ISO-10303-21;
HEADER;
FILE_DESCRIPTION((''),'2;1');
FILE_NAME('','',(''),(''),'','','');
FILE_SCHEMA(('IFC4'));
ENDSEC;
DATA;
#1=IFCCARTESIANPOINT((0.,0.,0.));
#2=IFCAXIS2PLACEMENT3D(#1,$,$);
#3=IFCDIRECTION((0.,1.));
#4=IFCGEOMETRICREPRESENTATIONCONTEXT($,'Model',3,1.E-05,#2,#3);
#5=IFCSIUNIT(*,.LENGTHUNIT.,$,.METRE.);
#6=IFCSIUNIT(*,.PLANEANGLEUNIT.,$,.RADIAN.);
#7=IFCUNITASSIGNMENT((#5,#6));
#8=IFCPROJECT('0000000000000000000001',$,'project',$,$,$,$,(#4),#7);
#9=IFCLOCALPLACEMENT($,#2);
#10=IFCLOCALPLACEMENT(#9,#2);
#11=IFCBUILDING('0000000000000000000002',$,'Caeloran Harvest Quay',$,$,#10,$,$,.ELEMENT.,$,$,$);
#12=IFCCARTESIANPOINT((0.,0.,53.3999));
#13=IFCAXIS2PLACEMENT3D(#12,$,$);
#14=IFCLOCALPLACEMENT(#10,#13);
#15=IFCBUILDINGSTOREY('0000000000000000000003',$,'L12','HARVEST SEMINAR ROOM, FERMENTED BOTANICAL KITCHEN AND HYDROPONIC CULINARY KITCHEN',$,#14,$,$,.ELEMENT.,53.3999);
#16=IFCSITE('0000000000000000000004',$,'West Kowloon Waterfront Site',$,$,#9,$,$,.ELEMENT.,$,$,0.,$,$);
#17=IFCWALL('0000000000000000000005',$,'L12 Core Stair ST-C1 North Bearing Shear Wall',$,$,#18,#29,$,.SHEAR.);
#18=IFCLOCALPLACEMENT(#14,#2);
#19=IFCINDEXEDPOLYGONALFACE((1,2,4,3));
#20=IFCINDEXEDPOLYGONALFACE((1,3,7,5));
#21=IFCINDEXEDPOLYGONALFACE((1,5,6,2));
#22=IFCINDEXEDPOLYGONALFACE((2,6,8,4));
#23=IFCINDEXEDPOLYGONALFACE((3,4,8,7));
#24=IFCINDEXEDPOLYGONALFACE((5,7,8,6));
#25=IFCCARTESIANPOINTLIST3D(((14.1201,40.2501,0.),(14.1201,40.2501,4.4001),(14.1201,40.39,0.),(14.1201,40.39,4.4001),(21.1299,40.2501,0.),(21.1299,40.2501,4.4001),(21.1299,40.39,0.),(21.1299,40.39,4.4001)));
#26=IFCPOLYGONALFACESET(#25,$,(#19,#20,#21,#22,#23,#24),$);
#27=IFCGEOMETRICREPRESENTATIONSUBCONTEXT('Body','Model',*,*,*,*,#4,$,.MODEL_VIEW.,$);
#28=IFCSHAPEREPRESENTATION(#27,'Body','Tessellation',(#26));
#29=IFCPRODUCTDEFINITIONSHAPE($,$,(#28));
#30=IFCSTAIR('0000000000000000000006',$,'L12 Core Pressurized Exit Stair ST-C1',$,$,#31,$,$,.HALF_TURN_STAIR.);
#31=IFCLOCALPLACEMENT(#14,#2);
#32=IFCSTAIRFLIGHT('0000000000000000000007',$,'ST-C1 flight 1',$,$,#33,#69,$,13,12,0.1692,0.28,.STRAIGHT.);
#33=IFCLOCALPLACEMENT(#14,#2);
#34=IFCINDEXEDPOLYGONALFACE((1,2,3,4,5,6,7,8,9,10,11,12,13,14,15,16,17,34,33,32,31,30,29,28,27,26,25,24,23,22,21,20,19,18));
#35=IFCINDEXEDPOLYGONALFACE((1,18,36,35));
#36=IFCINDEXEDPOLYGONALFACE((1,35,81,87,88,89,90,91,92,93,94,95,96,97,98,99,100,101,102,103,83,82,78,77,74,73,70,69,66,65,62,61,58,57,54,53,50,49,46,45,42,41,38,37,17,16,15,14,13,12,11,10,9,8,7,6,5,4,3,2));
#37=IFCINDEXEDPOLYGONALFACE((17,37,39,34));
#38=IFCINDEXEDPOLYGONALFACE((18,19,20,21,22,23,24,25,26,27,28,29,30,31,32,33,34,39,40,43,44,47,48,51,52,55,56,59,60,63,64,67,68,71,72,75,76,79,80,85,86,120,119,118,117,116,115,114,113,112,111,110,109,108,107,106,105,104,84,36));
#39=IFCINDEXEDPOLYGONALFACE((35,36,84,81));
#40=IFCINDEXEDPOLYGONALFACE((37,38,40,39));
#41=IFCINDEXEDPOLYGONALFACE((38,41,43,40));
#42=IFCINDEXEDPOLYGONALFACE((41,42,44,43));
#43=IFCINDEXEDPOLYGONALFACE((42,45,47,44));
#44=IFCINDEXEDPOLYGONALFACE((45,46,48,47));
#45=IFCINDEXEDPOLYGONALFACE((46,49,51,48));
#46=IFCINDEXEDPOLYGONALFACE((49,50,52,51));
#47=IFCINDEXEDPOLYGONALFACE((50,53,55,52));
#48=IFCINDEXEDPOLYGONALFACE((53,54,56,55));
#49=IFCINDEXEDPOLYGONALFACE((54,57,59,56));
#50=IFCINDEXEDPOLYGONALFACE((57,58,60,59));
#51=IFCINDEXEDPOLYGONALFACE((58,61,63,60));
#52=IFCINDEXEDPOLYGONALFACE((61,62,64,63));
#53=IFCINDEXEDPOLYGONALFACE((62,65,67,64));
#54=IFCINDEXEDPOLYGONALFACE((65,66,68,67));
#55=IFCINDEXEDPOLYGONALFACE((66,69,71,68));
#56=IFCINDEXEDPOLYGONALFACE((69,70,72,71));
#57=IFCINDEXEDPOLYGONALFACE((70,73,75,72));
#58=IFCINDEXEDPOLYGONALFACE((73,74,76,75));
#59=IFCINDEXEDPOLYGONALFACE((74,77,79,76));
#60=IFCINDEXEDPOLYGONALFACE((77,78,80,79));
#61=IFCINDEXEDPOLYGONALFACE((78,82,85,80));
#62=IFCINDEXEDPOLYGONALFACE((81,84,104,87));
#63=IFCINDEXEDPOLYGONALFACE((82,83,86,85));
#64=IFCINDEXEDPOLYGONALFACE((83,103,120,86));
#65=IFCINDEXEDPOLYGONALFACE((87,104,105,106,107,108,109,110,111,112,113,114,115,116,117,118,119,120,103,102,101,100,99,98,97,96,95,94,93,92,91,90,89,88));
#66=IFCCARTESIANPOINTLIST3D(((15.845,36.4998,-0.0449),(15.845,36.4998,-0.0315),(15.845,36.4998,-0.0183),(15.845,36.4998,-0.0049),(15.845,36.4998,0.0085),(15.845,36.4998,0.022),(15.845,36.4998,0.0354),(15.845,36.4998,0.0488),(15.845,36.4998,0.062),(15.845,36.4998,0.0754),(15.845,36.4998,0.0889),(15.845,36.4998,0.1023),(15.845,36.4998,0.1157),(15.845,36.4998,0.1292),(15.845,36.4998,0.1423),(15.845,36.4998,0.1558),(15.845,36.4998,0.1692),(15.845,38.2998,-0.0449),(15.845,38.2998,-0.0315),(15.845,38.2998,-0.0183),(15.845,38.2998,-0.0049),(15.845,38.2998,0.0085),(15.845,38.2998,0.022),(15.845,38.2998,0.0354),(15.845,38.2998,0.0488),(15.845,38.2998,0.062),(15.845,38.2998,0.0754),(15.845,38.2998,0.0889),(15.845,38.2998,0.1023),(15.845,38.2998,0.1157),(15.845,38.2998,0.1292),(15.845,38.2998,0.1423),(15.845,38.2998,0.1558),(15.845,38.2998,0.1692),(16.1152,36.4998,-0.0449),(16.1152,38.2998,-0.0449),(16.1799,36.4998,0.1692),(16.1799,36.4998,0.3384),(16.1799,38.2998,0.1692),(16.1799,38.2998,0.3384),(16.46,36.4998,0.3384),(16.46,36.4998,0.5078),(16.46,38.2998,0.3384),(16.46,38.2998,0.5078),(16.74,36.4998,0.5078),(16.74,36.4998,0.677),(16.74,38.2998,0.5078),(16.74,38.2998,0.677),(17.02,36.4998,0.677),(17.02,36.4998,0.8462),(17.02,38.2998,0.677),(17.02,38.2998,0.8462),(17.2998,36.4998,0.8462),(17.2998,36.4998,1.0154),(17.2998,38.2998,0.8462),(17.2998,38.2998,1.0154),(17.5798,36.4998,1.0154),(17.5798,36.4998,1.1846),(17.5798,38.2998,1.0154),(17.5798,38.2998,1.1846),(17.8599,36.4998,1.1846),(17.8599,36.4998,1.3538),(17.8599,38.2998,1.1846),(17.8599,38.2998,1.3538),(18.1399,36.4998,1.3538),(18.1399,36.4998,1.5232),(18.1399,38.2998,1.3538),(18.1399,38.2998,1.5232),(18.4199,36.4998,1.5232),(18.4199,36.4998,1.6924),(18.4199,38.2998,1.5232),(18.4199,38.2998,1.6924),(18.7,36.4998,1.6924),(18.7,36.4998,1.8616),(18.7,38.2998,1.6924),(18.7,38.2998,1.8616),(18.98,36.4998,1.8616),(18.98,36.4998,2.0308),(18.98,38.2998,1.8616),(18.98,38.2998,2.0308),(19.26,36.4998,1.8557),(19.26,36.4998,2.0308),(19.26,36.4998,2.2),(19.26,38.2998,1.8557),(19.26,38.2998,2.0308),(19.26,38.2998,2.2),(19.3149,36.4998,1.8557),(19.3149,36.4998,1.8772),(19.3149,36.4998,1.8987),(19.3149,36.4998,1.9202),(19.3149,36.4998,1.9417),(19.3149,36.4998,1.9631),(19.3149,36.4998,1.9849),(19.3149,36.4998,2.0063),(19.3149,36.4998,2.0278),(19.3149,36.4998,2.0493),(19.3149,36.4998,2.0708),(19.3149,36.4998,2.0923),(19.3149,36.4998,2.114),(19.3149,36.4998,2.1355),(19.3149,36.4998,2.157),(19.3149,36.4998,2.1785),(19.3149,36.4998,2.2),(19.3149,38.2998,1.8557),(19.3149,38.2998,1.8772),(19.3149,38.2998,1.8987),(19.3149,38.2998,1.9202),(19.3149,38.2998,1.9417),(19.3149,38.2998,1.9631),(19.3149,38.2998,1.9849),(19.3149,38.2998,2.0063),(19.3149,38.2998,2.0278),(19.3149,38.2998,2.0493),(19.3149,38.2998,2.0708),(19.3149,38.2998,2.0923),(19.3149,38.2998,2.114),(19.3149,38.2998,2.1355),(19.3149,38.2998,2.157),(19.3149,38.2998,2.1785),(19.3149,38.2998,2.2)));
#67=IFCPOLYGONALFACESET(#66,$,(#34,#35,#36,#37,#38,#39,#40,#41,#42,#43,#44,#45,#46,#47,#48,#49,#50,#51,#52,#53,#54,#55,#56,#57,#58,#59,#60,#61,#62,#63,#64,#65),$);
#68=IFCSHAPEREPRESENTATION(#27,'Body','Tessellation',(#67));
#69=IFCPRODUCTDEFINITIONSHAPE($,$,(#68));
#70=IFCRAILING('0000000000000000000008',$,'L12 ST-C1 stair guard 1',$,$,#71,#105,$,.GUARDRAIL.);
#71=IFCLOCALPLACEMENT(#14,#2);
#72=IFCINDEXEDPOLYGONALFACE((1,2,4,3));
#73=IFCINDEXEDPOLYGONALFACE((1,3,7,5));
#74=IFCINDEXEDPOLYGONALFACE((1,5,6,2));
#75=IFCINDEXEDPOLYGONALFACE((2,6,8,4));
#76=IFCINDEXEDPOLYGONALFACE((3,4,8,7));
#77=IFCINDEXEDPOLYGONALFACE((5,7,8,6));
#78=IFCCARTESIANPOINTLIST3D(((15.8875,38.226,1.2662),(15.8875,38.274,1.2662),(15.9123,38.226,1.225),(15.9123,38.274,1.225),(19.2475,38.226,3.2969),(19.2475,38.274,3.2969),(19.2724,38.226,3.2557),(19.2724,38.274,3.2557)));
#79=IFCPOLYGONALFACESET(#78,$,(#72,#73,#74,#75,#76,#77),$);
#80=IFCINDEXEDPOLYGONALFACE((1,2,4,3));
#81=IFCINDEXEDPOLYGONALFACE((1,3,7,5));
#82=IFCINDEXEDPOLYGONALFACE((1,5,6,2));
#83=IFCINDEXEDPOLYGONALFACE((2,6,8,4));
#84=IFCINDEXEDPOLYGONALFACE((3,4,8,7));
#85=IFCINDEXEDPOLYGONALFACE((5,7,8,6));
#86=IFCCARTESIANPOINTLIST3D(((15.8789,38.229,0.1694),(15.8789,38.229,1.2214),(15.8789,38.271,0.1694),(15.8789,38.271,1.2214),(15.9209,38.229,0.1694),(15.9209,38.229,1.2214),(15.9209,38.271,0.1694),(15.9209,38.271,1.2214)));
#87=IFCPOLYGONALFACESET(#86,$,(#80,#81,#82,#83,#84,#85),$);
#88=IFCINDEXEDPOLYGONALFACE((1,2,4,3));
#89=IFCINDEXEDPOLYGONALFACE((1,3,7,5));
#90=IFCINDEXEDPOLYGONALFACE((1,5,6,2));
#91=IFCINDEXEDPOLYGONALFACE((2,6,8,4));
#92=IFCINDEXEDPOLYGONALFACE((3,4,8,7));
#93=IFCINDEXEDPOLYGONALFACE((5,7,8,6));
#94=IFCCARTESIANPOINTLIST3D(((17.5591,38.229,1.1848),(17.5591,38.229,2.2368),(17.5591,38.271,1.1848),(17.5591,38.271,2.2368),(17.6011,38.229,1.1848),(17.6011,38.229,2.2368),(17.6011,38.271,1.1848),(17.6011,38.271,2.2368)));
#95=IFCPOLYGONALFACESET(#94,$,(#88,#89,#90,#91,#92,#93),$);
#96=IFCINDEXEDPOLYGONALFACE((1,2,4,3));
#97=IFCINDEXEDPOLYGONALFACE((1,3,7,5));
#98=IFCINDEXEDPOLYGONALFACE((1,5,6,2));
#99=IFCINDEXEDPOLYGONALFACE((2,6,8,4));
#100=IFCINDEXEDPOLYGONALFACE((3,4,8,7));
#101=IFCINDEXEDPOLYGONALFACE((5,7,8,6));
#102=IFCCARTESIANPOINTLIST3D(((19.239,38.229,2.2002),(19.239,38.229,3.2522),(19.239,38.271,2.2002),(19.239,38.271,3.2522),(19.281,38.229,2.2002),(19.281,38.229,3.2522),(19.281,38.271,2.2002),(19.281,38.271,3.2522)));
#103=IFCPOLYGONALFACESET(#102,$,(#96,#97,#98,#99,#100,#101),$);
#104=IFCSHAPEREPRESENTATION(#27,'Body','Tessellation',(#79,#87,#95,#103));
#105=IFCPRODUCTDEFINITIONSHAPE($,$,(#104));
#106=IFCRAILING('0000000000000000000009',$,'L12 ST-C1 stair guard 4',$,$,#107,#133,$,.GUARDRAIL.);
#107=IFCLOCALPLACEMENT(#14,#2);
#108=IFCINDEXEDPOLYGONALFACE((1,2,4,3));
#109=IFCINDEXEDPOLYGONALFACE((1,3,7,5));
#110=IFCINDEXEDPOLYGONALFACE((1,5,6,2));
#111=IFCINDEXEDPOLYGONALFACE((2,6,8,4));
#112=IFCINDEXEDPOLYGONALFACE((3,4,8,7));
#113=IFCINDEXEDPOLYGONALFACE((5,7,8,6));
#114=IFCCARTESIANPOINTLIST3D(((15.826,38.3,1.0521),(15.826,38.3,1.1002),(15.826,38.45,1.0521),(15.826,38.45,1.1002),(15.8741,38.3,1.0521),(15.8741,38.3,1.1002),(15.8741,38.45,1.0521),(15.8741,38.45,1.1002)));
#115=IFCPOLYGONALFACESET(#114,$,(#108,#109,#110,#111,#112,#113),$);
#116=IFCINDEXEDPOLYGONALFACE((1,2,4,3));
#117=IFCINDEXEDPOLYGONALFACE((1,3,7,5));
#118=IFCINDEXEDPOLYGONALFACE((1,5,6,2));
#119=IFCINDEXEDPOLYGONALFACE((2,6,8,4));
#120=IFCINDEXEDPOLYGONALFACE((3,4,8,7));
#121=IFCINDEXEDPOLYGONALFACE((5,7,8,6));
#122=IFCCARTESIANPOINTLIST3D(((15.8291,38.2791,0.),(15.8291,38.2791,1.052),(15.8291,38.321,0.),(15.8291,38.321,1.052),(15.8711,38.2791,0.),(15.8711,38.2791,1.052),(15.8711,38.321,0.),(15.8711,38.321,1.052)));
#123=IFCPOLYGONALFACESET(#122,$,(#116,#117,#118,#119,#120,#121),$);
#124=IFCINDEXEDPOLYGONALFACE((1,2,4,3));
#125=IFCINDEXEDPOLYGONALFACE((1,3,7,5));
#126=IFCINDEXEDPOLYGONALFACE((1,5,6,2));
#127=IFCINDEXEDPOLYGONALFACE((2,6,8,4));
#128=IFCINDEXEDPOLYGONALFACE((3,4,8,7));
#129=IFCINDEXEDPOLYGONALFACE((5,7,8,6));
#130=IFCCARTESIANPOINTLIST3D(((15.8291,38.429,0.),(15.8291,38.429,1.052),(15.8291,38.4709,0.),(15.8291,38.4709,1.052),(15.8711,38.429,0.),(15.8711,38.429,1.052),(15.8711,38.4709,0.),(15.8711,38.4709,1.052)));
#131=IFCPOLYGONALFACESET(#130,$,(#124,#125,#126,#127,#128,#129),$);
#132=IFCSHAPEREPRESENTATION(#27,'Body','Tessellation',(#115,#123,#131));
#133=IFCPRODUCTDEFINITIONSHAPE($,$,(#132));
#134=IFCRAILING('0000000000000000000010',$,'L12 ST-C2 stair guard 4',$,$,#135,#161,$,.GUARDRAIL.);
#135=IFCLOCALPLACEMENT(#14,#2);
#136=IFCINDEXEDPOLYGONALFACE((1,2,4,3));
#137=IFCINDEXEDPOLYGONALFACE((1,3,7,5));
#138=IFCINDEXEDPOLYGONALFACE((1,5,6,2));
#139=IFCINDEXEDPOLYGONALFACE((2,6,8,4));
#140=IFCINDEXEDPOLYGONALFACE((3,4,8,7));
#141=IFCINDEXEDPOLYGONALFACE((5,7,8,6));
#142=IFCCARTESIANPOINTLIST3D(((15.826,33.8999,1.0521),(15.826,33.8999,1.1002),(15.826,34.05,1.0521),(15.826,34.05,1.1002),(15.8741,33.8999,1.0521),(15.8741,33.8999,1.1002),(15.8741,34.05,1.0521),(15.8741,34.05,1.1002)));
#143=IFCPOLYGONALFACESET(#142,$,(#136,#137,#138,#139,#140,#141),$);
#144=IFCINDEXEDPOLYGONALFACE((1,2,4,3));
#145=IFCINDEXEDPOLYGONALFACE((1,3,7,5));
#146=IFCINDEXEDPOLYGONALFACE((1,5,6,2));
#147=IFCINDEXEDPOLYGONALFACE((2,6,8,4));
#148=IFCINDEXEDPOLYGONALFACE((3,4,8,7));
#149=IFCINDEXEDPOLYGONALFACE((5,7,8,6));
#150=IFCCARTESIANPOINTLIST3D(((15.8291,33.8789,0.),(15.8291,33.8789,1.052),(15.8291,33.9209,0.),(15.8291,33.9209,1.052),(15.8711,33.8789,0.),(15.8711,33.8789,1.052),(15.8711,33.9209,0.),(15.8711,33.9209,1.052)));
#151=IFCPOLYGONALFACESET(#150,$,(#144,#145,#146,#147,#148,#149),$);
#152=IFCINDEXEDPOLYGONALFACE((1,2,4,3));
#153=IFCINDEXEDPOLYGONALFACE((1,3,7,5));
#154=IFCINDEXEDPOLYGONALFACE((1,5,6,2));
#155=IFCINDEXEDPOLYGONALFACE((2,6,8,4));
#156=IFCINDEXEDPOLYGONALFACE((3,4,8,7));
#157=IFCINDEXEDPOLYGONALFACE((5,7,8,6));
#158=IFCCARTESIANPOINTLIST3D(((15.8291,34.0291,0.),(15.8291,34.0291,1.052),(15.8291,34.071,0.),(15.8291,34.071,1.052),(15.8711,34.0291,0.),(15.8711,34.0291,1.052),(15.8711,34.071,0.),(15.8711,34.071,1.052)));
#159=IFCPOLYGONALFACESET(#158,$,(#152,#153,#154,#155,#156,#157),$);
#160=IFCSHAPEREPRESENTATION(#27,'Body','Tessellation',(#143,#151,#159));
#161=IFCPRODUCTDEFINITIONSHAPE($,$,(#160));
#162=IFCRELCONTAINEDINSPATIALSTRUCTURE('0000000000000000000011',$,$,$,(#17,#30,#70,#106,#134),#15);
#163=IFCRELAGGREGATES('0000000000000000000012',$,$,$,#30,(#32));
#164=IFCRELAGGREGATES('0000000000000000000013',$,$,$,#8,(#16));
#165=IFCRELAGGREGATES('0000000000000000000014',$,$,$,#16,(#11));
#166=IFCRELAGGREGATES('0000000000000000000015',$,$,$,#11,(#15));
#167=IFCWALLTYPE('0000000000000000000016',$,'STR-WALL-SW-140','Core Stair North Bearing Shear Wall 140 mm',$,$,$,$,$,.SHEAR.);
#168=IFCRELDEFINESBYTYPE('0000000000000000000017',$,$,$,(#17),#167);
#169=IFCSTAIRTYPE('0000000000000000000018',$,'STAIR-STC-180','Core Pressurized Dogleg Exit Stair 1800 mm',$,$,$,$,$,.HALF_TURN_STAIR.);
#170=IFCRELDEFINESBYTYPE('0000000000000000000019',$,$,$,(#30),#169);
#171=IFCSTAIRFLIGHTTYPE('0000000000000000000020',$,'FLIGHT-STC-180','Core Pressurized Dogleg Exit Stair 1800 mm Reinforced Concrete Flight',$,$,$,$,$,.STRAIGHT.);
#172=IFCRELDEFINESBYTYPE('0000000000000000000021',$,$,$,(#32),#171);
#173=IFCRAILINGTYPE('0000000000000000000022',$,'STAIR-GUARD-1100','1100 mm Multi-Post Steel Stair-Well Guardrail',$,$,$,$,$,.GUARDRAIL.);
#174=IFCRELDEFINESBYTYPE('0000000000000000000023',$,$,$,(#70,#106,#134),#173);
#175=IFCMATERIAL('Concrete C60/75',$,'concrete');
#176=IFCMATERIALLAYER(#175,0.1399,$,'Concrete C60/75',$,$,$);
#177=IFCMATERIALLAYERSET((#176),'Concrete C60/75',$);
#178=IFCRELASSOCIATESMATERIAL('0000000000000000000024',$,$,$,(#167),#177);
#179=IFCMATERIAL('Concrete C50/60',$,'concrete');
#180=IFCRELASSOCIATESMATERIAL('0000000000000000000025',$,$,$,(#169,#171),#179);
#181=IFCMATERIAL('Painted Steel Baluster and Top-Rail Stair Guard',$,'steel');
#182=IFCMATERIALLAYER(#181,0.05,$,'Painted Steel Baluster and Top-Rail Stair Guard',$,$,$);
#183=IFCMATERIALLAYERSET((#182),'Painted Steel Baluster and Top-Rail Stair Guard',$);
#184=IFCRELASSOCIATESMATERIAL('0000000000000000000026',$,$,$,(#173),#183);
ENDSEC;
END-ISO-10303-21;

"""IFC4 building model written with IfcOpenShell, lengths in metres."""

from ifc_helpers import new_model, si_unit, direction, frame, frame_2d, origin, origin_2d, place, context, subcontext, project, spatial, polyline, rectangle, outline, extrude, material, layer, layer_set, type_object, element, aggregate, save


model = new_model("IFC4")

# Units and contexts
model_context = context("Model", 3, precision=1e-05, world=origin(), true_north=direction((0.0, 1.0)))
body_context = subcontext(model_context, "Body", "Model", "MODEL_VIEW")
ifc_project = project(units=[si_unit("LENGTHUNIT", "METRE"), si_unit("PLANEANGLEUNIT", "RADIAN")], contexts=[model_context])

# Site, building, storey
site_placement = place(None, origin())
site = spatial("IfcSite", under=ifc_project, at=site_placement, Name="West Kowloon Waterfront Site", CompositionType="ELEMENT", RefElevation=0.0)
building_placement = place(site_placement, origin())
building = spatial("IfcBuilding", under=site, at=building_placement, Name="Caeloran Harvest Quay", CompositionType="ELEMENT")
storey_placement = place(building_placement, frame((0.0, 0.0, 53.3999)))
storey = spatial("IfcBuildingStorey", under=building, at=storey_placement, Name="L12", Description="HARVEST SEMINAR ROOM, FERMENTED BOTANICAL KITCHEN AND HYDROPONIC CULINARY KITCHEN", CompositionType="ELEMENT", Elevation=53.3999)

# Shared definitions
ifc_material_1 = material(Name="Concrete C50/60", Category="concrete")

# Wall
ifc_material_2 = material(Name="Concrete C60/75", Category="concrete")
ifc_layer_1 = layer(ifc_material_2, 0.1399, Name="Concrete C60/75")
ifc_layer_set_1 = layer_set([ifc_layer_1], Name="Concrete C60/75")
wall_type_1 = type_object("IfcWallType", Name="STR-WALL-SW-140", Description="Core Stair North Bearing Shear Wall 140 mm", PredefinedType="SHEAR", material=ifc_layer_set_1)
wall_1_placement = place(storey_placement, frame((14.1201, 40.3201, 0.0), z_axis=(0.0, 0.0, 1.0), x_axis=(1.0, 0.0, 0.0)))
element("IfcWall", 1, at=wall_1_placement, inside=storey, type_object=wall_type_1, Name="L12 Core Stair ST-C1 North Bearing Shear Wall", PredefinedType="SHEAR", context=body_context, shape_type="SweptSolid", body=[
    extrude(rectangle(XDim=7.0098, YDim=0.1399, at=frame_2d((3.5049, 0.0))), origin(), (0.0, 0.0, 1.0), 4.4001),
])

# Stair, stair flight
stair_type = type_object("IfcStairType", Name="STAIR-STC-180", Description="Core Pressurized Dogleg Exit Stair 1800 mm", PredefinedType="HALF_TURN_STAIR", material=ifc_material_1)
stair_placement = place(storey_placement, origin())
stair = element("IfcStair", 2, at=stair_placement, inside=storey, type_object=stair_type, Name="L12 Core Pressurized Exit Stair ST-C1", PredefinedType="HALF_TURN_STAIR")
stair_flight_type = type_object("IfcStairFlightType", Name="FLIGHT-STC-180", Description="Core Pressurized Dogleg Exit Stair 1800 mm Reinforced Concrete Flight", PredefinedType="STRAIGHT", material=ifc_material_1)
stair_flight_placement = place(storey_placement, frame((15.8999, 37.3999, 0.0), z_axis=(0.0, 0.0, 1.0), x_axis=(1.0, 0.0, 0.0)))
stair_flight = element("IfcStairFlight", 3, at=stair_flight_placement, type_object=stair_flight_type, Name="ST-C1 flight 1", NumberOfRisers=13, NumberOfTreads=12, PredefinedType="STRAIGHT", RiserHeight=0.1692, TreadLength=0.28, context=body_context, shape_type="SweptSolid", body=[
    extrude(outline(polyline([(-0.0549, -0.0449), (-0.0549, -0.0315), (-0.0549, -0.0183), (-0.0549, -0.0049), (-0.0549, 0.0085), (-0.0549, 0.022), (-0.0549, 0.0354), (-0.0549, 0.0488), (-0.0549, 0.062), (-0.0549, 0.0754), (-0.0549, 0.0889), (-0.0549, 0.1023), (-0.0549, 0.1157), (-0.0549, 0.1292), (-0.0549, 0.1423), (-0.0549, 0.1558), (-0.0549, 0.1692), (0.28, 0.1692), (0.28, 0.3384), (0.5601, 0.3384), (0.5601, 0.5078), (0.8401, 0.5078), (0.8401, 0.677), (1.1201, 0.677), (1.1201, 0.8462), (1.3999, 0.8462), (1.3999, 1.0154), (1.6799, 1.0154), (1.6799, 1.1846), (1.96, 1.1846), (1.96, 1.3538), (2.24, 1.3538), (2.24, 1.5232), (2.52, 1.5232), (2.52, 1.6924), (2.8, 1.6924), (2.8, 1.8616), (3.0801, 1.8616), (3.0801, 2.0308), (3.3601, 2.0308), (3.3601, 2.2), (3.415, 2.2), (3.415, 2.1785), (3.415, 2.157), (3.415, 2.1355), (3.415, 2.114), (3.415, 2.0923), (3.415, 2.0708), (3.415, 2.0493), (3.415, 2.0278), (3.415, 2.0063), (3.415, 1.9849), (3.415, 1.9631), (3.415, 1.9417), (3.415, 1.9202), (3.415, 1.8987), (3.415, 1.8772), (3.415, 1.8557), (3.3601, 1.8557), (0.2153, -0.0449), (-0.0549, -0.0449)])), frame((0.0, 0.8999, 0.0), z_axis=(0.0, -1.0, 0.0), x_axis=(1.0, 0.0, 0.0)), (0.0, 0.0, 1.0), 1.8),
])
aggregate(stair, [stair_flight])

# Railings
ifc_material_3 = material(Name="Painted Steel Baluster and Top-Rail Stair Guard", Category="steel")
ifc_layer_2 = layer(ifc_material_3, 0.05, Name="Painted Steel Baluster and Top-Rail Stair Guard")
ifc_layer_set_2 = layer_set([ifc_layer_2], Name="Painted Steel Baluster and Top-Rail Stair Guard")
railing_type_1 = type_object("IfcRailingType", Name="STAIR-GUARD-1100", Description="1100 mm Multi-Post Steel Stair-Well Guardrail", PredefinedType="GUARDRAIL", material=ifc_layer_set_2)
railing_1_placement = place(storey_placement, frame((15.8999, 38.25, 0.1694)))
element("IfcRailing", 4, at=railing_1_placement, inside=storey, type_object=railing_type_1, Name="L12 ST-C1 stair guard 1", PredefinedType="GUARDRAIL", context=body_context, shape_type="SweptSolid", body=[
    extrude(rectangle(XDim=0.0481, YDim=0.0481, at=origin_2d()), frame((0.0, 0.0, 1.0762), z_axis=(0.855837, 0.0, 0.517246), x_axis=(0.0, 1.0, 0.0)), (0.0, 0.0, 1.0), 3.926),
    extrude(rectangle(XDim=0.042, YDim=0.042, at=origin_2d()), origin(), (0.0, 0.0, 1.0), 1.052),
    extrude(rectangle(XDim=0.042, YDim=0.042, at=origin_2d()), frame((1.6802, 0.0, 1.0154)), (0.0, 0.0, 1.0), 1.052),
    extrude(rectangle(XDim=0.042, YDim=0.042, at=origin_2d()), frame((3.3601, 0.0, 2.0308)), (0.0, 0.0, 1.0), 1.052),
])
railing_2_placement = place(storey_placement, frame((15.8501, 38.3, 0.0)))
element("IfcRailing", 5, at=railing_2_placement, inside=storey, type_object=railing_type_1, Name="L12 ST-C1 stair guard 4", PredefinedType="GUARDRAIL", context=body_context, shape_type="SweptSolid", body=[
    extrude(rectangle(XDim=0.0481, YDim=0.0481, at=origin_2d()), frame((0.0, 0.0, 1.0762), z_axis=(0.0, 1.0, 0.0), x_axis=(-1.0, 0.0, 0.0)), (0.0, 0.0, 1.0), 0.1499),
    extrude(rectangle(XDim=0.042, YDim=0.042, at=origin_2d()), origin(), (0.0, 0.0, 1.0), 1.052),
    extrude(rectangle(XDim=0.042, YDim=0.042, at=origin_2d()), frame((0.0, 0.1499, 0.0)), (0.0, 0.0, 1.0), 1.052),
])
railing_3_placement = place(storey_placement, frame((15.8501, 33.8999, 0.0)))
element("IfcRailing", 6, at=railing_3_placement, inside=storey, type_object=railing_type_1, Name="L12 ST-C2 stair guard 4", PredefinedType="GUARDRAIL", context=body_context, shape_type="SweptSolid", body=[
    extrude(rectangle(XDim=0.0481, YDim=0.0481, at=origin_2d()), frame((0.0, 0.0, 1.0762), z_axis=(0.0, 1.0, 0.0), x_axis=(-1.0, 0.0, 0.0)), (0.0, 0.0, 1.0), 0.1501),
    extrude(rectangle(XDim=0.042, YDim=0.042, at=origin_2d()), origin(), (0.0, 0.0, 1.0), 1.052),
    extrude(rectangle(XDim=0.042, YDim=0.042, at=origin_2d()), frame((0.0, 0.1501, 0.0)), (0.0, 0.0, 1.0), 1.052),
])

save(model, "model.ifc")
